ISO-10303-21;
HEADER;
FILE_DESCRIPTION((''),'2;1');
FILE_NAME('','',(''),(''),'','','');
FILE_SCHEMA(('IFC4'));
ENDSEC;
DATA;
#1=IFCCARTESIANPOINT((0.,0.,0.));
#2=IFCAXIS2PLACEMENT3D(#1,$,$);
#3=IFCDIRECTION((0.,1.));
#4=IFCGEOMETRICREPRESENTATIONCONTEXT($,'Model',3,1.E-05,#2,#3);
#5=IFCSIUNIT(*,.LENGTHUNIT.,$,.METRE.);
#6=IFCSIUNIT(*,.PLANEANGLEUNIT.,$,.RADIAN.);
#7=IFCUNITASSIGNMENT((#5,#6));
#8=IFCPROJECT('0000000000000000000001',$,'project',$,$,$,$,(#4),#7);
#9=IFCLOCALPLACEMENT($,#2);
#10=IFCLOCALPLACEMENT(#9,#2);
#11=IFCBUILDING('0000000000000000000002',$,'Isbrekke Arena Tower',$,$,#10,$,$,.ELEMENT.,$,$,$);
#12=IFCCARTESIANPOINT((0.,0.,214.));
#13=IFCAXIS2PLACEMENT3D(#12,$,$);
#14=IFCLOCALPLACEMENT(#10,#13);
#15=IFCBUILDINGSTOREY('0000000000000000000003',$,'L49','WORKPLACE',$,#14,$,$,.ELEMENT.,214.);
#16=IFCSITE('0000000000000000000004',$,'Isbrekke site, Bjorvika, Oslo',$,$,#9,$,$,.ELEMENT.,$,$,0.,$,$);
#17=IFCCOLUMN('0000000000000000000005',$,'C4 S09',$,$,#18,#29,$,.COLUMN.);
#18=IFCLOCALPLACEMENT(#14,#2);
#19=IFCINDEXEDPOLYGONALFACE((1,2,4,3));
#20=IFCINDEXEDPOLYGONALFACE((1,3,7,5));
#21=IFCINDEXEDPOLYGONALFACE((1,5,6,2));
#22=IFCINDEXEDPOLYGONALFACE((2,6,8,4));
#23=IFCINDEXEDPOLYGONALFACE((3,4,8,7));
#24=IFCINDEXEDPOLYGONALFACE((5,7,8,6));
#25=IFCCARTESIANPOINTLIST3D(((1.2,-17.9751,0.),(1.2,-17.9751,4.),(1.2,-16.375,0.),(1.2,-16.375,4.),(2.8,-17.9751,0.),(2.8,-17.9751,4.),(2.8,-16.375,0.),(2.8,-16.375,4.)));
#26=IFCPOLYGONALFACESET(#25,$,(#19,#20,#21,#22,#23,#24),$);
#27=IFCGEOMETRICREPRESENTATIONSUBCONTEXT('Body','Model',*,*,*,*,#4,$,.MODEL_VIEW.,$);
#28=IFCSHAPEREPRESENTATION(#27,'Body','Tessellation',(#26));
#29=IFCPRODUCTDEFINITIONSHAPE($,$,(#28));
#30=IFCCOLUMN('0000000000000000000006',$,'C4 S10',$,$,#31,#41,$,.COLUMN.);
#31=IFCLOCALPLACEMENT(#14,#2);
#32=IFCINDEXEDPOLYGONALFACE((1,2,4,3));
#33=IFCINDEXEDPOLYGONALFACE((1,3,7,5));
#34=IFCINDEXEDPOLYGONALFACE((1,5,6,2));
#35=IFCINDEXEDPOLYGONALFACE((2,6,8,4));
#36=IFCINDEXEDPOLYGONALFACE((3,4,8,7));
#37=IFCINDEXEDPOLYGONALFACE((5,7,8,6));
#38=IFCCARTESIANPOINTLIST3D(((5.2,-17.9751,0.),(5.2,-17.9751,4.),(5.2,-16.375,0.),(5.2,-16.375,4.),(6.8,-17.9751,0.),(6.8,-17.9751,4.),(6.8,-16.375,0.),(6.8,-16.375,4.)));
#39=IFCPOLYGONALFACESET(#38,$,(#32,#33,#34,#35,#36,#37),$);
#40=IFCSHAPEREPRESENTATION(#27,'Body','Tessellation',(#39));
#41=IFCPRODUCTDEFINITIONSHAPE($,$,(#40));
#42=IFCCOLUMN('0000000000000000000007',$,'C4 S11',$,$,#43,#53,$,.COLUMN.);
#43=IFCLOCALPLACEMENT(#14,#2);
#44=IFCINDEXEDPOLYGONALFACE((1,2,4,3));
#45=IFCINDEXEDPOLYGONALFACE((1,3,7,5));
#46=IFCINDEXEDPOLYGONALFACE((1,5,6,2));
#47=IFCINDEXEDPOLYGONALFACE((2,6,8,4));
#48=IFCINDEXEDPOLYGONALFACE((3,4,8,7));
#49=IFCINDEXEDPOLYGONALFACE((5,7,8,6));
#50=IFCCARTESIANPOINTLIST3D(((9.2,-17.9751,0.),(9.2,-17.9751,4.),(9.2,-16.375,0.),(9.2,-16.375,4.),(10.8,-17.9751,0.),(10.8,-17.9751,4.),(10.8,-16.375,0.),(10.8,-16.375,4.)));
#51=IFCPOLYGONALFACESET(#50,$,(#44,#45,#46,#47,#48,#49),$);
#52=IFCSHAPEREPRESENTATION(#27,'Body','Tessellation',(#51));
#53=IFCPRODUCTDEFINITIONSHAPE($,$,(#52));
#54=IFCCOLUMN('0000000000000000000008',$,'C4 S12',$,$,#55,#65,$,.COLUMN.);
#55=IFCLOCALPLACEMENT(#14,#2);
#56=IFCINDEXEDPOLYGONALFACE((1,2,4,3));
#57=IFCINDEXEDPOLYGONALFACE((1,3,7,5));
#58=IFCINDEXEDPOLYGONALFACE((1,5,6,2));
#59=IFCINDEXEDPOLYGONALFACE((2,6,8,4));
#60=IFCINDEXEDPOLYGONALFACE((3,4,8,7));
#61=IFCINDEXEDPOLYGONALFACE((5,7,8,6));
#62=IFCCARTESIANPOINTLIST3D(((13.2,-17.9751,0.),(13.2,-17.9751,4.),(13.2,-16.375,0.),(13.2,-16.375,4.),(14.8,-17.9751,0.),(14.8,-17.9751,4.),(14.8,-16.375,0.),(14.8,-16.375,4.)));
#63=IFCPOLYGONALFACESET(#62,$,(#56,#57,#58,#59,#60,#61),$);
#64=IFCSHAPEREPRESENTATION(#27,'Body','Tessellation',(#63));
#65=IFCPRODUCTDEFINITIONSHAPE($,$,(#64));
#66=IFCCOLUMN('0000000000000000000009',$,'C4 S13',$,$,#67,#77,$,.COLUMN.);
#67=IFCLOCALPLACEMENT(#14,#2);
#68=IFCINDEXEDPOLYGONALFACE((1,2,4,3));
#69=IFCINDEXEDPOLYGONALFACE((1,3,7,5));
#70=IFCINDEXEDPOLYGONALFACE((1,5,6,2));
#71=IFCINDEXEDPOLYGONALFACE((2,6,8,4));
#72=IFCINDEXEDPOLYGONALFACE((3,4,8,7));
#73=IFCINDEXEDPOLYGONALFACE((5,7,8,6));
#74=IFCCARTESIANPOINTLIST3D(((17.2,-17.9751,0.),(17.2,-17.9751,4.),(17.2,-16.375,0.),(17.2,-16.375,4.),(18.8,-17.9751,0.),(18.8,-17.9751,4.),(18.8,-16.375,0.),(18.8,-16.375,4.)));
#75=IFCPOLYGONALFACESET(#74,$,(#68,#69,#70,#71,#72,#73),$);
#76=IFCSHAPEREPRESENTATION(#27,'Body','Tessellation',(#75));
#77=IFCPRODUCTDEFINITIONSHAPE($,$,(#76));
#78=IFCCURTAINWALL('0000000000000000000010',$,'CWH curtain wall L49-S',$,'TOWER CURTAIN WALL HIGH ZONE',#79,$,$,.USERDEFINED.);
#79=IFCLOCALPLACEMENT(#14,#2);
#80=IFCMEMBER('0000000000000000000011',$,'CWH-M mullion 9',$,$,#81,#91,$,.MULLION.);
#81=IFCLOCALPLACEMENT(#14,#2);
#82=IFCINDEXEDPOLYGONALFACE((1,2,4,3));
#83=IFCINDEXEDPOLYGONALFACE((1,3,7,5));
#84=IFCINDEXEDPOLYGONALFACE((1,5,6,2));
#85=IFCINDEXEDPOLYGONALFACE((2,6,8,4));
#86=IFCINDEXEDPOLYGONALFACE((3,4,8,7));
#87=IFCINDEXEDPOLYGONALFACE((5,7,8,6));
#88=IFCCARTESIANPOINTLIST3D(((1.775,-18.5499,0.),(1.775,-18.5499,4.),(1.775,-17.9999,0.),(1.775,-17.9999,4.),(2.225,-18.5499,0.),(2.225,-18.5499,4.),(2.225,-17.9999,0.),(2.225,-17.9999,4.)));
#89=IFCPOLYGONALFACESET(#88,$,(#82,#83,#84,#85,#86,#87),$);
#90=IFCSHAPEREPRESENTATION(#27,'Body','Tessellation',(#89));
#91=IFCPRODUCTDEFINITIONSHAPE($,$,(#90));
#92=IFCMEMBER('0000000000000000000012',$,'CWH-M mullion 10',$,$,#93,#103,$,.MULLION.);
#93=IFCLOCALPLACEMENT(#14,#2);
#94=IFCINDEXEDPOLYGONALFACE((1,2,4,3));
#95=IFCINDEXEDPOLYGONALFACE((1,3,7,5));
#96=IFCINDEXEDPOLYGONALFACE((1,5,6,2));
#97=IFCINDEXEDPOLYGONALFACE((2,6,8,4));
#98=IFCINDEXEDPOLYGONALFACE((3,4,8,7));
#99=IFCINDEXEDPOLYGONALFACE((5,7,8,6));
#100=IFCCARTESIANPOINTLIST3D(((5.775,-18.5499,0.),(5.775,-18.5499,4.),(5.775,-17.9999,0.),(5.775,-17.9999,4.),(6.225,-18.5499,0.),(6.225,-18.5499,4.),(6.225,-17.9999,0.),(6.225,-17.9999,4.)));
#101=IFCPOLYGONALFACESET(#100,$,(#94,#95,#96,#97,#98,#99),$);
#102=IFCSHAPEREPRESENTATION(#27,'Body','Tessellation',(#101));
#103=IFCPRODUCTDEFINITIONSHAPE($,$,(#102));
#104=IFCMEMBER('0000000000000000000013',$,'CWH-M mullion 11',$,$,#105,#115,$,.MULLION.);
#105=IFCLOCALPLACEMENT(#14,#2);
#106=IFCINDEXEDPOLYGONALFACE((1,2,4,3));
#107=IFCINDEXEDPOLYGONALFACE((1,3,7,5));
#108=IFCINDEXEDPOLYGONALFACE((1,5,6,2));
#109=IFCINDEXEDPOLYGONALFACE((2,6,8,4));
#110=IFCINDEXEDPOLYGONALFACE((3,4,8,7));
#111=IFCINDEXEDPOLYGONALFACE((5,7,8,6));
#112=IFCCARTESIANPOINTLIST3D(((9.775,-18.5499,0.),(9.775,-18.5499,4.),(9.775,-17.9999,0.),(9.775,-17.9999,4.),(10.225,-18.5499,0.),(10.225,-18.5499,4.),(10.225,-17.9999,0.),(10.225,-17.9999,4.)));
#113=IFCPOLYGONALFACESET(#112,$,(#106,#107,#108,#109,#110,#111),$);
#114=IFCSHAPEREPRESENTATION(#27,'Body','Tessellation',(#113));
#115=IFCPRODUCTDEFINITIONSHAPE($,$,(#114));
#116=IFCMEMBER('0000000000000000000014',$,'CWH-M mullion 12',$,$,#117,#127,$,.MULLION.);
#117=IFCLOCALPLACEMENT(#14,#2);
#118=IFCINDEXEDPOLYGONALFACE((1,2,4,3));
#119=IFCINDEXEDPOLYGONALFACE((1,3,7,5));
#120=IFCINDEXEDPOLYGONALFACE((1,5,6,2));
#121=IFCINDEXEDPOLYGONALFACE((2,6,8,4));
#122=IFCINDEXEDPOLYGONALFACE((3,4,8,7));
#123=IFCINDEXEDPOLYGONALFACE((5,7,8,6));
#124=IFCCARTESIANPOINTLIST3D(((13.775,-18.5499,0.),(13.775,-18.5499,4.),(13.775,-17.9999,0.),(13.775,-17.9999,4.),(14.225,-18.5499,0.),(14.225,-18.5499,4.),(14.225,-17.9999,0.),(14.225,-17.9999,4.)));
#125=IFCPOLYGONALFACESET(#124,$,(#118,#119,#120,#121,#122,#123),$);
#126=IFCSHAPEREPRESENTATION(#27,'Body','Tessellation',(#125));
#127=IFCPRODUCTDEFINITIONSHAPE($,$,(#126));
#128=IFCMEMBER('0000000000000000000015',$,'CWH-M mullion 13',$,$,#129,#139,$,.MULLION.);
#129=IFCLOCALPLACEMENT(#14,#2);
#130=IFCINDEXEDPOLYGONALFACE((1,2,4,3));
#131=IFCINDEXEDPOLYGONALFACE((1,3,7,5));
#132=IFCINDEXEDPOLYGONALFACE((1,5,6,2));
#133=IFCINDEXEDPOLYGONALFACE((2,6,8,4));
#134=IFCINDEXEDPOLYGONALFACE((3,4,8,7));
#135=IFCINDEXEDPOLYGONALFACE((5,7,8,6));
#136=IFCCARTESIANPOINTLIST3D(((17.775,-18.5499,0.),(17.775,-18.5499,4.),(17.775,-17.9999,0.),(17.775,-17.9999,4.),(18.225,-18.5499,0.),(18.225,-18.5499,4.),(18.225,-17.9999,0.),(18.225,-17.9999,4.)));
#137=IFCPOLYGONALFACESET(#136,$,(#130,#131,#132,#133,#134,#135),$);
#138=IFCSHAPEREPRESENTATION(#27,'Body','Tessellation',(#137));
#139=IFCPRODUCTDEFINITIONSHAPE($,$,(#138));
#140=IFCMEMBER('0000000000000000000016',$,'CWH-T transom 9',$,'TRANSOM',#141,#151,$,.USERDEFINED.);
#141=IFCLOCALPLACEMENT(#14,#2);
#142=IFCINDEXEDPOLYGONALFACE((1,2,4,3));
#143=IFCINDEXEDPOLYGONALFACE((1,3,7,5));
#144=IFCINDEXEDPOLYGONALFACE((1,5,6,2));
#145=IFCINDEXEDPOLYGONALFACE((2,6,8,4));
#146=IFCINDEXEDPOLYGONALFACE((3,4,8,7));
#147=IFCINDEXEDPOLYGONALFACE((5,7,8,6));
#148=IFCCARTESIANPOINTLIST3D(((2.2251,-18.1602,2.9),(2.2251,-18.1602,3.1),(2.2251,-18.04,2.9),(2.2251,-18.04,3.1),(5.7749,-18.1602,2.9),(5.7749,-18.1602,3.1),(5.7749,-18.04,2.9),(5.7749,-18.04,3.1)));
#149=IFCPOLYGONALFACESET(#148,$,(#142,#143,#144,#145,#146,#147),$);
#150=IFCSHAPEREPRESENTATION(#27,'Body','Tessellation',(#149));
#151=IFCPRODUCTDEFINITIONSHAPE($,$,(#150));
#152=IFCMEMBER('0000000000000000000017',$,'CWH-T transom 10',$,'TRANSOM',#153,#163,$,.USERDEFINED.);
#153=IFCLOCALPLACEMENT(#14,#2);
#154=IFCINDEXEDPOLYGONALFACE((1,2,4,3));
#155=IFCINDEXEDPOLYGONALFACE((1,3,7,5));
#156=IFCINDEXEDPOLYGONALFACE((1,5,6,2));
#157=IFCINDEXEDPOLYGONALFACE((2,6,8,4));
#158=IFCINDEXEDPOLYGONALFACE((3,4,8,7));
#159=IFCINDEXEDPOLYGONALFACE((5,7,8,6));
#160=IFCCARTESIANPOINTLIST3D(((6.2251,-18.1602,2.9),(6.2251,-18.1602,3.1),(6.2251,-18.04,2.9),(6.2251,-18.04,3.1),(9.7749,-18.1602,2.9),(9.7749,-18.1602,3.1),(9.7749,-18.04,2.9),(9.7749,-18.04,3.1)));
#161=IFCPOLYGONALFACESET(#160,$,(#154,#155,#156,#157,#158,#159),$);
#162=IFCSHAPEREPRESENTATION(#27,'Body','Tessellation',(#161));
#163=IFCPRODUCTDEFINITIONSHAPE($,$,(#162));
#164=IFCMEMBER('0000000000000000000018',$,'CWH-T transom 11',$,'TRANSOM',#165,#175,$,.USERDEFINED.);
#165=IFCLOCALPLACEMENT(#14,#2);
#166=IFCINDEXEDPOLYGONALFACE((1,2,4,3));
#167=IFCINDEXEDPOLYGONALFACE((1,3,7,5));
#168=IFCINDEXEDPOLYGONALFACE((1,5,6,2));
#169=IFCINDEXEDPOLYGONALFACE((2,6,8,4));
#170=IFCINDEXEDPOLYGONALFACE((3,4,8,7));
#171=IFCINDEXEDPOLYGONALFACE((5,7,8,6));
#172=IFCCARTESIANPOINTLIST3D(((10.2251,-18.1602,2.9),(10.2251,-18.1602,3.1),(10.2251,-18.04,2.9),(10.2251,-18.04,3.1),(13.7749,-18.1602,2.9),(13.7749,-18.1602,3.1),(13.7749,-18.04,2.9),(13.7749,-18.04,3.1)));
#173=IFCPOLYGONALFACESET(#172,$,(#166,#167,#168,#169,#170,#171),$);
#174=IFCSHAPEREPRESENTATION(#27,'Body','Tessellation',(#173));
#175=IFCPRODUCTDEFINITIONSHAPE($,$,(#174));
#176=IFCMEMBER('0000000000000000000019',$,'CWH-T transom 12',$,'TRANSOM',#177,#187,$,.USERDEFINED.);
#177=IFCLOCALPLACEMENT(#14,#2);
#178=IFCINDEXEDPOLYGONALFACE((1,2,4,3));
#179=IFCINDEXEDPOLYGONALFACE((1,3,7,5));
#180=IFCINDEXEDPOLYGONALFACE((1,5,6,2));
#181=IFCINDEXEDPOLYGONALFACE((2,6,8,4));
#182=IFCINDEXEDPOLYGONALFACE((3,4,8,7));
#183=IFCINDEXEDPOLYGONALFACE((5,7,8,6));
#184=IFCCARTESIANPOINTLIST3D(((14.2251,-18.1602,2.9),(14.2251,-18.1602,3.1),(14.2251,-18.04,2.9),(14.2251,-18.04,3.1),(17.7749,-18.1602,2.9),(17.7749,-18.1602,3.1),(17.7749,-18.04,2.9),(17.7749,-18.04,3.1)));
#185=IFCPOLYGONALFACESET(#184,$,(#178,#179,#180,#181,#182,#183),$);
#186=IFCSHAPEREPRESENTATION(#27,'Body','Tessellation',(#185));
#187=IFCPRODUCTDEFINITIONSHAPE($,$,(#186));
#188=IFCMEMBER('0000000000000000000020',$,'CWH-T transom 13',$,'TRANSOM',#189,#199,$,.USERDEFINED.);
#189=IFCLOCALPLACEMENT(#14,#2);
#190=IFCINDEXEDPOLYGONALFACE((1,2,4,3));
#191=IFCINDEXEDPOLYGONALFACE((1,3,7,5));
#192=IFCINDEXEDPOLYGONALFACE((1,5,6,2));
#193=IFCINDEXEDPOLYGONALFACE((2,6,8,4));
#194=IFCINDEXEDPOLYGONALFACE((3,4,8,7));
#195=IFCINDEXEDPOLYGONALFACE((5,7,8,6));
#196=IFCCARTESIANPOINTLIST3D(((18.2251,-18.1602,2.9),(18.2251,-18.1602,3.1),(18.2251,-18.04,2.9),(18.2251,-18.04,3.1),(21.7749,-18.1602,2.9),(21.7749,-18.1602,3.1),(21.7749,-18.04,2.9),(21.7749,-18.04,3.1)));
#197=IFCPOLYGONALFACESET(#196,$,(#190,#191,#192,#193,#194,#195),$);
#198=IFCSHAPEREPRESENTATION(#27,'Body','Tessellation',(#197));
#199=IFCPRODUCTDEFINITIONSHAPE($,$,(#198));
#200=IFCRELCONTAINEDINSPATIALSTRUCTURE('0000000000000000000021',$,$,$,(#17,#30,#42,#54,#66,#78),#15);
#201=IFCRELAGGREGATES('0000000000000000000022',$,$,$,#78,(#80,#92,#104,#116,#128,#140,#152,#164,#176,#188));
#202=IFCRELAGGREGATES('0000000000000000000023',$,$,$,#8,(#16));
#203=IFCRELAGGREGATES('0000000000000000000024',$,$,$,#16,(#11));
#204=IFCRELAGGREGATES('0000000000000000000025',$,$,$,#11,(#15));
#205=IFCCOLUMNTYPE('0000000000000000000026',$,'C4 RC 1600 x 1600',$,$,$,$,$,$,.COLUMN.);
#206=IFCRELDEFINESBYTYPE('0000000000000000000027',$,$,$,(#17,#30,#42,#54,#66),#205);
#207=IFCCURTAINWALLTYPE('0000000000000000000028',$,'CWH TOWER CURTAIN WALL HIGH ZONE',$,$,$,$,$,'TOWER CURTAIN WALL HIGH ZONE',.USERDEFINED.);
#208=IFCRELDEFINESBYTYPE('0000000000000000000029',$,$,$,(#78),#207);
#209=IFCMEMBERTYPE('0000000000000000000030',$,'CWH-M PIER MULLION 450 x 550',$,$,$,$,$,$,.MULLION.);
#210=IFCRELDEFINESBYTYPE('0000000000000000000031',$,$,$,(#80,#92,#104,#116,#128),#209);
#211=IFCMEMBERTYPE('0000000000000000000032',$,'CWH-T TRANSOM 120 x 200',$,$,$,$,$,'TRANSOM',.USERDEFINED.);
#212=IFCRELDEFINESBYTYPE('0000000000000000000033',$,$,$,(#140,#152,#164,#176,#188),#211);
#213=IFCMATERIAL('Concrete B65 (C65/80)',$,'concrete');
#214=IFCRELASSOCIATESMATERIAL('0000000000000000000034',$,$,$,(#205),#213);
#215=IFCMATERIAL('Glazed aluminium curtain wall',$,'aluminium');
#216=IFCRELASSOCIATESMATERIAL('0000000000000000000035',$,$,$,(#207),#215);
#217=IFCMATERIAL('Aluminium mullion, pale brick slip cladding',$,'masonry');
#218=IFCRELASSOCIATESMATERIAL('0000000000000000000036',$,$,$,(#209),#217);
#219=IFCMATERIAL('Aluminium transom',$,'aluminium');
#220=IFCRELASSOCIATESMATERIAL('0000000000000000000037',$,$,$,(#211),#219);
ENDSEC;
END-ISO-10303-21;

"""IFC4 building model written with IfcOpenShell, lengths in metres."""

from ifc_helpers import new_model, si_unit, direction, frame, origin, origin_2d, place, context, subcontext, project, spatial, rectangle, extrude, material, material_profile, profile_set, type_object, element, aggregate, save


model = new_model("IFC4")

# Units and contexts
model_context = context("Model", 3, precision=1e-05, world=origin(), true_north=direction((0.0, 1.0)))
body_context = subcontext(model_context, "Body", "Model", "MODEL_VIEW")
ifc_project = project(units=[si_unit("LENGTHUNIT", "METRE"), si_unit("PLANEANGLEUNIT", "RADIAN")], contexts=[model_context])

# Site, building, storey
site_placement = place(None, origin())
site = spatial("IfcSite", under=ifc_project, at=site_placement, Name="Isbrekke site, Bjorvika, Oslo", CompositionType="ELEMENT", RefElevation=0.0)
building_placement = place(site_placement, origin())
building = spatial("IfcBuilding", under=site, at=building_placement, Name="Isbrekke Arena Tower", CompositionType="ELEMENT")
storey_placement = place(building_placement, frame((0.0, 0.0, 214.0)))
storey = spatial("IfcBuildingStorey", under=building, at=storey_placement, Name="L49", Description="WORKPLACE", CompositionType="ELEMENT", Elevation=214.0)

# Columns
ifc_material_1 = material(Name="Concrete B65 (C65/80)", Category="concrete")
ifc_material_profile_1 = material_profile(ifc_material_1, rectangle(XDim=1.6001, YDim=1.6001, at=origin_2d()), Name="RC 1600x1600")
ifc_profile_set_1 = profile_set([ifc_material_profile_1], Name="Concrete B65 (C65/80)")
column_type = type_object("IfcColumnType", Name="C4 RC 1600 x 1600", PredefinedType="COLUMN", material=ifc_profile_set_1)
for number, where, z_axis, x_axis, name in (
    (1, (2.0, -17.175, 0.0), (0.0, 0.0, 1.0), (1.0, 0.0, 0.0), "C4 S09"),
    (2, (6.0, -17.175, 0.0), (0.0, 0.0, 1.0), (1.0, 0.0, 0.0), "C4 S10"),
    (3, (10.0, -17.175, 0.0), (0.0, 0.0, 1.0), (1.0, 0.0, 0.0), "C4 S11"),
    (4, (14.0, -17.175, 0.0), (0.0, 0.0, 1.0), (1.0, 0.0, 0.0), "C4 S12"),
    (5, (18.0, -17.175, 0.0), (0.0, 0.0, 1.0), (1.0, 0.0, 0.0), "C4 S13"),
):
    element("IfcColumn", number, at=place(storey_placement, frame(where, z_axis=z_axis, x_axis=x_axis)), inside=storey, type_object=column_type, Name=name, PredefinedType="COLUMN", context=body_context, shape_type="SweptSolid", body=[
        extrude(rectangle(XDim=1.6001, YDim=1.6001, at=origin_2d()), origin(), (0.0, 0.0, 1.0), 4.0),
    ])

# Curtain wall, members
ifc_material_2 = material(Name="Glazed aluminium curtain wall", Category="aluminium")
curtain_wall_type = type_object("IfcCurtainWallType", Name="CWH TOWER CURTAIN WALL HIGH ZONE", ElementType="TOWER CURTAIN WALL HIGH ZONE", PredefinedType="USERDEFINED", material=ifc_material_2)
curtain_wall_placement = place(storey_placement, origin())
curtain_wall = element("IfcCurtainWall", 6, at=curtain_wall_placement, inside=storey, type_object=curtain_wall_type, Name="CWH curtain wall L49-S", ObjectType="TOWER CURTAIN WALL HIGH ZONE", PredefinedType="USERDEFINED")
ifc_material_3 = material(Name="Aluminium mullion, pale brick slip cladding", Category="masonry")
ifc_material_profile_2 = material_profile(ifc_material_3, rectangle(XDim=0.45, YDim=0.55, at=origin_2d()), Name="PIER 450X550")
ifc_profile_set_2 = profile_set([ifc_material_profile_2], Name="Aluminium mullion, pale brick slip cladding")
member_type_1 = type_object("IfcMemberType", Name="CWH-M PIER MULLION 450 x 550", PredefinedType="MULLION", material=ifc_profile_set_2)
member_1_placement = place(storey_placement, frame((2.0, -18.2749, 0.0), z_axis=(0.0, 0.0, 1.0), x_axis=(1.0, 0.0, 0.0)))
member_1 = element("IfcMember", 7, at=member_1_placement, type_object=member_type_1, Name="CWH-M mullion 9", PredefinedType="MULLION", context=body_context, shape_type="SweptSolid", body=[
    extrude(rectangle(XDim=0.45, YDim=0.55, at=origin_2d()), origin(), (0.0, 0.0, 1.0), 4.0),
])
member_2_placement = place(storey_placement, frame((6.0, -18.2749, 0.0), z_axis=(0.0, 0.0, 1.0), x_axis=(1.0, 0.0, 0.0)))
member_2 = element("IfcMember", 8, at=member_2_placement, type_object=member_type_1, Name="CWH-M mullion 10", PredefinedType="MULLION", context=body_context, shape_type="SweptSolid", body=[
    extrude(rectangle(XDim=0.45, YDim=0.55, at=origin_2d()), origin(), (0.0, 0.0, 1.0), 4.0),
])
member_3_placement = place(storey_placement, frame((10.0, -18.2749, 0.0), z_axis=(0.0, 0.0, 1.0), x_axis=(1.0, 0.0, 0.0)))
member_3 = element("IfcMember", 9, at=member_3_placement, type_object=member_type_1, Name="CWH-M mullion 11", PredefinedType="MULLION", context=body_context, shape_type="SweptSolid", body=[
    extrude(rectangle(XDim=0.45, YDim=0.55, at=origin_2d()), origin(), (0.0, 0.0, 1.0), 4.0),
])
member_4_placement = place(storey_placement, frame((14.0, -18.2749, 0.0), z_axis=(0.0, 0.0, 1.0), x_axis=(1.0, 0.0, 0.0)))
member_4 = element("IfcMember", 10, at=member_4_placement, type_object=member_type_1, Name="CWH-M mullion 12", PredefinedType="MULLION", context=body_context, shape_type="SweptSolid", body=[
    extrude(rectangle(XDim=0.45, YDim=0.55, at=origin_2d()), origin(), (0.0, 0.0, 1.0), 4.0),
])
member_5_placement = place(storey_placement, frame((18.0, -18.2749, 0.0), z_axis=(0.0, 0.0, 1.0), x_axis=(1.0, 0.0, 0.0)))
member_5 = element("IfcMember", 11, at=member_5_placement, type_object=member_type_1, Name="CWH-M mullion 13", PredefinedType="MULLION", context=body_context, shape_type="SweptSolid", body=[
    extrude(rectangle(XDim=0.45, YDim=0.55, at=origin_2d()), origin(), (0.0, 0.0, 1.0), 4.0),
])
ifc_material_4 = material(Name="Aluminium transom", Category="aluminium")
ifc_material_profile_3 = material_profile(ifc_material_4, rectangle(XDim=0.1201, YDim=0.2, at=origin_2d()), Name="TRANSOM 120X200")
ifc_profile_set_3 = profile_set([ifc_material_profile_3], Name="Aluminium transom")
member_type_2 = type_object("IfcMemberType", Name="CWH-T TRANSOM 120 x 200", ElementType="TRANSOM", PredefinedType="USERDEFINED", material=ifc_profile_set_3)
member_6_placement = place(storey_placement, frame((2.2251, -18.1001, 3.0), z_axis=(1.0, 0.0, 0.0), x_axis=(0.0, 1.0, 0.0)))
member_6 = element("IfcMember", 12, at=member_6_placement, type_object=member_type_2, Name="CWH-T transom 9", ObjectType="TRANSOM", PredefinedType="USERDEFINED", context=body_context, shape_type="SweptSolid", body=[
    extrude(rectangle(XDim=0.1201, YDim=0.2, at=origin_2d()), origin(), (0.0, 0.0, 1.0), 3.5498),
])
member_7_placement = place(storey_placement, frame((6.2251, -18.1001, 3.0), z_axis=(1.0, 0.0, 0.0), x_axis=(0.0, 1.0, 0.0)))
member_7 = element("IfcMember", 13, at=member_7_placement, type_object=member_type_2, Name="CWH-T transom 10", ObjectType="TRANSOM", PredefinedType="USERDEFINED", context=body_context, shape_type="SweptSolid", body=[
    extrude(rectangle(XDim=0.1201, YDim=0.2, at=origin_2d()), origin(), (0.0, 0.0, 1.0), 3.5498),
])
member_8_placement = place(storey_placement, frame((10.2251, -18.1001, 3.0), z_axis=(1.0, 0.0, 0.0), x_axis=(0.0, 1.0, 0.0)))
member_8 = element("IfcMember", 14, at=member_8_placement, type_object=member_type_2, Name="CWH-T transom 11", ObjectType="TRANSOM", PredefinedType="USERDEFINED", context=body_context, shape_type="SweptSolid", body=[
    extrude(rectangle(XDim=0.1201, YDim=0.2, at=origin_2d()), origin(), (0.0, 0.0, 1.0), 3.5498),
])
member_9_placement = place(storey_placement, frame((14.2251, -18.1001, 3.0), z_axis=(1.0, 0.0, 0.0), x_axis=(0.0, 1.0, 0.0)))
member_9 = element("IfcMember", 15, at=member_9_placement, type_object=member_type_2, Name="CWH-T transom 12", ObjectType="TRANSOM", PredefinedType="USERDEFINED", context=body_context, shape_type="SweptSolid", body=[
    extrude(rectangle(XDim=0.1201, YDim=0.2, at=origin_2d()), origin(), (0.0, 0.0, 1.0), 3.5498),
])
member_10_placement = place(storey_placement, frame((18.2251, -18.1001, 3.0), z_axis=(1.0, 0.0, 0.0), x_axis=(0.0, 1.0, 0.0)))
member_10 = element("IfcMember", 16, at=member_10_placement, type_object=member_type_2, Name="CWH-T transom 13", ObjectType="TRANSOM", PredefinedType="USERDEFINED", context=body_context, shape_type="SweptSolid", body=[
    extrude(rectangle(XDim=0.1201, YDim=0.2, at=origin_2d()), origin(), (0.0, 0.0, 1.0), 3.5498),
])

aggregate(curtain_wall, [member_1, member_2, member_3, member_4, member_5, member_6, member_7, member_8, member_9, member_10])

save(model, "model.ifc")
